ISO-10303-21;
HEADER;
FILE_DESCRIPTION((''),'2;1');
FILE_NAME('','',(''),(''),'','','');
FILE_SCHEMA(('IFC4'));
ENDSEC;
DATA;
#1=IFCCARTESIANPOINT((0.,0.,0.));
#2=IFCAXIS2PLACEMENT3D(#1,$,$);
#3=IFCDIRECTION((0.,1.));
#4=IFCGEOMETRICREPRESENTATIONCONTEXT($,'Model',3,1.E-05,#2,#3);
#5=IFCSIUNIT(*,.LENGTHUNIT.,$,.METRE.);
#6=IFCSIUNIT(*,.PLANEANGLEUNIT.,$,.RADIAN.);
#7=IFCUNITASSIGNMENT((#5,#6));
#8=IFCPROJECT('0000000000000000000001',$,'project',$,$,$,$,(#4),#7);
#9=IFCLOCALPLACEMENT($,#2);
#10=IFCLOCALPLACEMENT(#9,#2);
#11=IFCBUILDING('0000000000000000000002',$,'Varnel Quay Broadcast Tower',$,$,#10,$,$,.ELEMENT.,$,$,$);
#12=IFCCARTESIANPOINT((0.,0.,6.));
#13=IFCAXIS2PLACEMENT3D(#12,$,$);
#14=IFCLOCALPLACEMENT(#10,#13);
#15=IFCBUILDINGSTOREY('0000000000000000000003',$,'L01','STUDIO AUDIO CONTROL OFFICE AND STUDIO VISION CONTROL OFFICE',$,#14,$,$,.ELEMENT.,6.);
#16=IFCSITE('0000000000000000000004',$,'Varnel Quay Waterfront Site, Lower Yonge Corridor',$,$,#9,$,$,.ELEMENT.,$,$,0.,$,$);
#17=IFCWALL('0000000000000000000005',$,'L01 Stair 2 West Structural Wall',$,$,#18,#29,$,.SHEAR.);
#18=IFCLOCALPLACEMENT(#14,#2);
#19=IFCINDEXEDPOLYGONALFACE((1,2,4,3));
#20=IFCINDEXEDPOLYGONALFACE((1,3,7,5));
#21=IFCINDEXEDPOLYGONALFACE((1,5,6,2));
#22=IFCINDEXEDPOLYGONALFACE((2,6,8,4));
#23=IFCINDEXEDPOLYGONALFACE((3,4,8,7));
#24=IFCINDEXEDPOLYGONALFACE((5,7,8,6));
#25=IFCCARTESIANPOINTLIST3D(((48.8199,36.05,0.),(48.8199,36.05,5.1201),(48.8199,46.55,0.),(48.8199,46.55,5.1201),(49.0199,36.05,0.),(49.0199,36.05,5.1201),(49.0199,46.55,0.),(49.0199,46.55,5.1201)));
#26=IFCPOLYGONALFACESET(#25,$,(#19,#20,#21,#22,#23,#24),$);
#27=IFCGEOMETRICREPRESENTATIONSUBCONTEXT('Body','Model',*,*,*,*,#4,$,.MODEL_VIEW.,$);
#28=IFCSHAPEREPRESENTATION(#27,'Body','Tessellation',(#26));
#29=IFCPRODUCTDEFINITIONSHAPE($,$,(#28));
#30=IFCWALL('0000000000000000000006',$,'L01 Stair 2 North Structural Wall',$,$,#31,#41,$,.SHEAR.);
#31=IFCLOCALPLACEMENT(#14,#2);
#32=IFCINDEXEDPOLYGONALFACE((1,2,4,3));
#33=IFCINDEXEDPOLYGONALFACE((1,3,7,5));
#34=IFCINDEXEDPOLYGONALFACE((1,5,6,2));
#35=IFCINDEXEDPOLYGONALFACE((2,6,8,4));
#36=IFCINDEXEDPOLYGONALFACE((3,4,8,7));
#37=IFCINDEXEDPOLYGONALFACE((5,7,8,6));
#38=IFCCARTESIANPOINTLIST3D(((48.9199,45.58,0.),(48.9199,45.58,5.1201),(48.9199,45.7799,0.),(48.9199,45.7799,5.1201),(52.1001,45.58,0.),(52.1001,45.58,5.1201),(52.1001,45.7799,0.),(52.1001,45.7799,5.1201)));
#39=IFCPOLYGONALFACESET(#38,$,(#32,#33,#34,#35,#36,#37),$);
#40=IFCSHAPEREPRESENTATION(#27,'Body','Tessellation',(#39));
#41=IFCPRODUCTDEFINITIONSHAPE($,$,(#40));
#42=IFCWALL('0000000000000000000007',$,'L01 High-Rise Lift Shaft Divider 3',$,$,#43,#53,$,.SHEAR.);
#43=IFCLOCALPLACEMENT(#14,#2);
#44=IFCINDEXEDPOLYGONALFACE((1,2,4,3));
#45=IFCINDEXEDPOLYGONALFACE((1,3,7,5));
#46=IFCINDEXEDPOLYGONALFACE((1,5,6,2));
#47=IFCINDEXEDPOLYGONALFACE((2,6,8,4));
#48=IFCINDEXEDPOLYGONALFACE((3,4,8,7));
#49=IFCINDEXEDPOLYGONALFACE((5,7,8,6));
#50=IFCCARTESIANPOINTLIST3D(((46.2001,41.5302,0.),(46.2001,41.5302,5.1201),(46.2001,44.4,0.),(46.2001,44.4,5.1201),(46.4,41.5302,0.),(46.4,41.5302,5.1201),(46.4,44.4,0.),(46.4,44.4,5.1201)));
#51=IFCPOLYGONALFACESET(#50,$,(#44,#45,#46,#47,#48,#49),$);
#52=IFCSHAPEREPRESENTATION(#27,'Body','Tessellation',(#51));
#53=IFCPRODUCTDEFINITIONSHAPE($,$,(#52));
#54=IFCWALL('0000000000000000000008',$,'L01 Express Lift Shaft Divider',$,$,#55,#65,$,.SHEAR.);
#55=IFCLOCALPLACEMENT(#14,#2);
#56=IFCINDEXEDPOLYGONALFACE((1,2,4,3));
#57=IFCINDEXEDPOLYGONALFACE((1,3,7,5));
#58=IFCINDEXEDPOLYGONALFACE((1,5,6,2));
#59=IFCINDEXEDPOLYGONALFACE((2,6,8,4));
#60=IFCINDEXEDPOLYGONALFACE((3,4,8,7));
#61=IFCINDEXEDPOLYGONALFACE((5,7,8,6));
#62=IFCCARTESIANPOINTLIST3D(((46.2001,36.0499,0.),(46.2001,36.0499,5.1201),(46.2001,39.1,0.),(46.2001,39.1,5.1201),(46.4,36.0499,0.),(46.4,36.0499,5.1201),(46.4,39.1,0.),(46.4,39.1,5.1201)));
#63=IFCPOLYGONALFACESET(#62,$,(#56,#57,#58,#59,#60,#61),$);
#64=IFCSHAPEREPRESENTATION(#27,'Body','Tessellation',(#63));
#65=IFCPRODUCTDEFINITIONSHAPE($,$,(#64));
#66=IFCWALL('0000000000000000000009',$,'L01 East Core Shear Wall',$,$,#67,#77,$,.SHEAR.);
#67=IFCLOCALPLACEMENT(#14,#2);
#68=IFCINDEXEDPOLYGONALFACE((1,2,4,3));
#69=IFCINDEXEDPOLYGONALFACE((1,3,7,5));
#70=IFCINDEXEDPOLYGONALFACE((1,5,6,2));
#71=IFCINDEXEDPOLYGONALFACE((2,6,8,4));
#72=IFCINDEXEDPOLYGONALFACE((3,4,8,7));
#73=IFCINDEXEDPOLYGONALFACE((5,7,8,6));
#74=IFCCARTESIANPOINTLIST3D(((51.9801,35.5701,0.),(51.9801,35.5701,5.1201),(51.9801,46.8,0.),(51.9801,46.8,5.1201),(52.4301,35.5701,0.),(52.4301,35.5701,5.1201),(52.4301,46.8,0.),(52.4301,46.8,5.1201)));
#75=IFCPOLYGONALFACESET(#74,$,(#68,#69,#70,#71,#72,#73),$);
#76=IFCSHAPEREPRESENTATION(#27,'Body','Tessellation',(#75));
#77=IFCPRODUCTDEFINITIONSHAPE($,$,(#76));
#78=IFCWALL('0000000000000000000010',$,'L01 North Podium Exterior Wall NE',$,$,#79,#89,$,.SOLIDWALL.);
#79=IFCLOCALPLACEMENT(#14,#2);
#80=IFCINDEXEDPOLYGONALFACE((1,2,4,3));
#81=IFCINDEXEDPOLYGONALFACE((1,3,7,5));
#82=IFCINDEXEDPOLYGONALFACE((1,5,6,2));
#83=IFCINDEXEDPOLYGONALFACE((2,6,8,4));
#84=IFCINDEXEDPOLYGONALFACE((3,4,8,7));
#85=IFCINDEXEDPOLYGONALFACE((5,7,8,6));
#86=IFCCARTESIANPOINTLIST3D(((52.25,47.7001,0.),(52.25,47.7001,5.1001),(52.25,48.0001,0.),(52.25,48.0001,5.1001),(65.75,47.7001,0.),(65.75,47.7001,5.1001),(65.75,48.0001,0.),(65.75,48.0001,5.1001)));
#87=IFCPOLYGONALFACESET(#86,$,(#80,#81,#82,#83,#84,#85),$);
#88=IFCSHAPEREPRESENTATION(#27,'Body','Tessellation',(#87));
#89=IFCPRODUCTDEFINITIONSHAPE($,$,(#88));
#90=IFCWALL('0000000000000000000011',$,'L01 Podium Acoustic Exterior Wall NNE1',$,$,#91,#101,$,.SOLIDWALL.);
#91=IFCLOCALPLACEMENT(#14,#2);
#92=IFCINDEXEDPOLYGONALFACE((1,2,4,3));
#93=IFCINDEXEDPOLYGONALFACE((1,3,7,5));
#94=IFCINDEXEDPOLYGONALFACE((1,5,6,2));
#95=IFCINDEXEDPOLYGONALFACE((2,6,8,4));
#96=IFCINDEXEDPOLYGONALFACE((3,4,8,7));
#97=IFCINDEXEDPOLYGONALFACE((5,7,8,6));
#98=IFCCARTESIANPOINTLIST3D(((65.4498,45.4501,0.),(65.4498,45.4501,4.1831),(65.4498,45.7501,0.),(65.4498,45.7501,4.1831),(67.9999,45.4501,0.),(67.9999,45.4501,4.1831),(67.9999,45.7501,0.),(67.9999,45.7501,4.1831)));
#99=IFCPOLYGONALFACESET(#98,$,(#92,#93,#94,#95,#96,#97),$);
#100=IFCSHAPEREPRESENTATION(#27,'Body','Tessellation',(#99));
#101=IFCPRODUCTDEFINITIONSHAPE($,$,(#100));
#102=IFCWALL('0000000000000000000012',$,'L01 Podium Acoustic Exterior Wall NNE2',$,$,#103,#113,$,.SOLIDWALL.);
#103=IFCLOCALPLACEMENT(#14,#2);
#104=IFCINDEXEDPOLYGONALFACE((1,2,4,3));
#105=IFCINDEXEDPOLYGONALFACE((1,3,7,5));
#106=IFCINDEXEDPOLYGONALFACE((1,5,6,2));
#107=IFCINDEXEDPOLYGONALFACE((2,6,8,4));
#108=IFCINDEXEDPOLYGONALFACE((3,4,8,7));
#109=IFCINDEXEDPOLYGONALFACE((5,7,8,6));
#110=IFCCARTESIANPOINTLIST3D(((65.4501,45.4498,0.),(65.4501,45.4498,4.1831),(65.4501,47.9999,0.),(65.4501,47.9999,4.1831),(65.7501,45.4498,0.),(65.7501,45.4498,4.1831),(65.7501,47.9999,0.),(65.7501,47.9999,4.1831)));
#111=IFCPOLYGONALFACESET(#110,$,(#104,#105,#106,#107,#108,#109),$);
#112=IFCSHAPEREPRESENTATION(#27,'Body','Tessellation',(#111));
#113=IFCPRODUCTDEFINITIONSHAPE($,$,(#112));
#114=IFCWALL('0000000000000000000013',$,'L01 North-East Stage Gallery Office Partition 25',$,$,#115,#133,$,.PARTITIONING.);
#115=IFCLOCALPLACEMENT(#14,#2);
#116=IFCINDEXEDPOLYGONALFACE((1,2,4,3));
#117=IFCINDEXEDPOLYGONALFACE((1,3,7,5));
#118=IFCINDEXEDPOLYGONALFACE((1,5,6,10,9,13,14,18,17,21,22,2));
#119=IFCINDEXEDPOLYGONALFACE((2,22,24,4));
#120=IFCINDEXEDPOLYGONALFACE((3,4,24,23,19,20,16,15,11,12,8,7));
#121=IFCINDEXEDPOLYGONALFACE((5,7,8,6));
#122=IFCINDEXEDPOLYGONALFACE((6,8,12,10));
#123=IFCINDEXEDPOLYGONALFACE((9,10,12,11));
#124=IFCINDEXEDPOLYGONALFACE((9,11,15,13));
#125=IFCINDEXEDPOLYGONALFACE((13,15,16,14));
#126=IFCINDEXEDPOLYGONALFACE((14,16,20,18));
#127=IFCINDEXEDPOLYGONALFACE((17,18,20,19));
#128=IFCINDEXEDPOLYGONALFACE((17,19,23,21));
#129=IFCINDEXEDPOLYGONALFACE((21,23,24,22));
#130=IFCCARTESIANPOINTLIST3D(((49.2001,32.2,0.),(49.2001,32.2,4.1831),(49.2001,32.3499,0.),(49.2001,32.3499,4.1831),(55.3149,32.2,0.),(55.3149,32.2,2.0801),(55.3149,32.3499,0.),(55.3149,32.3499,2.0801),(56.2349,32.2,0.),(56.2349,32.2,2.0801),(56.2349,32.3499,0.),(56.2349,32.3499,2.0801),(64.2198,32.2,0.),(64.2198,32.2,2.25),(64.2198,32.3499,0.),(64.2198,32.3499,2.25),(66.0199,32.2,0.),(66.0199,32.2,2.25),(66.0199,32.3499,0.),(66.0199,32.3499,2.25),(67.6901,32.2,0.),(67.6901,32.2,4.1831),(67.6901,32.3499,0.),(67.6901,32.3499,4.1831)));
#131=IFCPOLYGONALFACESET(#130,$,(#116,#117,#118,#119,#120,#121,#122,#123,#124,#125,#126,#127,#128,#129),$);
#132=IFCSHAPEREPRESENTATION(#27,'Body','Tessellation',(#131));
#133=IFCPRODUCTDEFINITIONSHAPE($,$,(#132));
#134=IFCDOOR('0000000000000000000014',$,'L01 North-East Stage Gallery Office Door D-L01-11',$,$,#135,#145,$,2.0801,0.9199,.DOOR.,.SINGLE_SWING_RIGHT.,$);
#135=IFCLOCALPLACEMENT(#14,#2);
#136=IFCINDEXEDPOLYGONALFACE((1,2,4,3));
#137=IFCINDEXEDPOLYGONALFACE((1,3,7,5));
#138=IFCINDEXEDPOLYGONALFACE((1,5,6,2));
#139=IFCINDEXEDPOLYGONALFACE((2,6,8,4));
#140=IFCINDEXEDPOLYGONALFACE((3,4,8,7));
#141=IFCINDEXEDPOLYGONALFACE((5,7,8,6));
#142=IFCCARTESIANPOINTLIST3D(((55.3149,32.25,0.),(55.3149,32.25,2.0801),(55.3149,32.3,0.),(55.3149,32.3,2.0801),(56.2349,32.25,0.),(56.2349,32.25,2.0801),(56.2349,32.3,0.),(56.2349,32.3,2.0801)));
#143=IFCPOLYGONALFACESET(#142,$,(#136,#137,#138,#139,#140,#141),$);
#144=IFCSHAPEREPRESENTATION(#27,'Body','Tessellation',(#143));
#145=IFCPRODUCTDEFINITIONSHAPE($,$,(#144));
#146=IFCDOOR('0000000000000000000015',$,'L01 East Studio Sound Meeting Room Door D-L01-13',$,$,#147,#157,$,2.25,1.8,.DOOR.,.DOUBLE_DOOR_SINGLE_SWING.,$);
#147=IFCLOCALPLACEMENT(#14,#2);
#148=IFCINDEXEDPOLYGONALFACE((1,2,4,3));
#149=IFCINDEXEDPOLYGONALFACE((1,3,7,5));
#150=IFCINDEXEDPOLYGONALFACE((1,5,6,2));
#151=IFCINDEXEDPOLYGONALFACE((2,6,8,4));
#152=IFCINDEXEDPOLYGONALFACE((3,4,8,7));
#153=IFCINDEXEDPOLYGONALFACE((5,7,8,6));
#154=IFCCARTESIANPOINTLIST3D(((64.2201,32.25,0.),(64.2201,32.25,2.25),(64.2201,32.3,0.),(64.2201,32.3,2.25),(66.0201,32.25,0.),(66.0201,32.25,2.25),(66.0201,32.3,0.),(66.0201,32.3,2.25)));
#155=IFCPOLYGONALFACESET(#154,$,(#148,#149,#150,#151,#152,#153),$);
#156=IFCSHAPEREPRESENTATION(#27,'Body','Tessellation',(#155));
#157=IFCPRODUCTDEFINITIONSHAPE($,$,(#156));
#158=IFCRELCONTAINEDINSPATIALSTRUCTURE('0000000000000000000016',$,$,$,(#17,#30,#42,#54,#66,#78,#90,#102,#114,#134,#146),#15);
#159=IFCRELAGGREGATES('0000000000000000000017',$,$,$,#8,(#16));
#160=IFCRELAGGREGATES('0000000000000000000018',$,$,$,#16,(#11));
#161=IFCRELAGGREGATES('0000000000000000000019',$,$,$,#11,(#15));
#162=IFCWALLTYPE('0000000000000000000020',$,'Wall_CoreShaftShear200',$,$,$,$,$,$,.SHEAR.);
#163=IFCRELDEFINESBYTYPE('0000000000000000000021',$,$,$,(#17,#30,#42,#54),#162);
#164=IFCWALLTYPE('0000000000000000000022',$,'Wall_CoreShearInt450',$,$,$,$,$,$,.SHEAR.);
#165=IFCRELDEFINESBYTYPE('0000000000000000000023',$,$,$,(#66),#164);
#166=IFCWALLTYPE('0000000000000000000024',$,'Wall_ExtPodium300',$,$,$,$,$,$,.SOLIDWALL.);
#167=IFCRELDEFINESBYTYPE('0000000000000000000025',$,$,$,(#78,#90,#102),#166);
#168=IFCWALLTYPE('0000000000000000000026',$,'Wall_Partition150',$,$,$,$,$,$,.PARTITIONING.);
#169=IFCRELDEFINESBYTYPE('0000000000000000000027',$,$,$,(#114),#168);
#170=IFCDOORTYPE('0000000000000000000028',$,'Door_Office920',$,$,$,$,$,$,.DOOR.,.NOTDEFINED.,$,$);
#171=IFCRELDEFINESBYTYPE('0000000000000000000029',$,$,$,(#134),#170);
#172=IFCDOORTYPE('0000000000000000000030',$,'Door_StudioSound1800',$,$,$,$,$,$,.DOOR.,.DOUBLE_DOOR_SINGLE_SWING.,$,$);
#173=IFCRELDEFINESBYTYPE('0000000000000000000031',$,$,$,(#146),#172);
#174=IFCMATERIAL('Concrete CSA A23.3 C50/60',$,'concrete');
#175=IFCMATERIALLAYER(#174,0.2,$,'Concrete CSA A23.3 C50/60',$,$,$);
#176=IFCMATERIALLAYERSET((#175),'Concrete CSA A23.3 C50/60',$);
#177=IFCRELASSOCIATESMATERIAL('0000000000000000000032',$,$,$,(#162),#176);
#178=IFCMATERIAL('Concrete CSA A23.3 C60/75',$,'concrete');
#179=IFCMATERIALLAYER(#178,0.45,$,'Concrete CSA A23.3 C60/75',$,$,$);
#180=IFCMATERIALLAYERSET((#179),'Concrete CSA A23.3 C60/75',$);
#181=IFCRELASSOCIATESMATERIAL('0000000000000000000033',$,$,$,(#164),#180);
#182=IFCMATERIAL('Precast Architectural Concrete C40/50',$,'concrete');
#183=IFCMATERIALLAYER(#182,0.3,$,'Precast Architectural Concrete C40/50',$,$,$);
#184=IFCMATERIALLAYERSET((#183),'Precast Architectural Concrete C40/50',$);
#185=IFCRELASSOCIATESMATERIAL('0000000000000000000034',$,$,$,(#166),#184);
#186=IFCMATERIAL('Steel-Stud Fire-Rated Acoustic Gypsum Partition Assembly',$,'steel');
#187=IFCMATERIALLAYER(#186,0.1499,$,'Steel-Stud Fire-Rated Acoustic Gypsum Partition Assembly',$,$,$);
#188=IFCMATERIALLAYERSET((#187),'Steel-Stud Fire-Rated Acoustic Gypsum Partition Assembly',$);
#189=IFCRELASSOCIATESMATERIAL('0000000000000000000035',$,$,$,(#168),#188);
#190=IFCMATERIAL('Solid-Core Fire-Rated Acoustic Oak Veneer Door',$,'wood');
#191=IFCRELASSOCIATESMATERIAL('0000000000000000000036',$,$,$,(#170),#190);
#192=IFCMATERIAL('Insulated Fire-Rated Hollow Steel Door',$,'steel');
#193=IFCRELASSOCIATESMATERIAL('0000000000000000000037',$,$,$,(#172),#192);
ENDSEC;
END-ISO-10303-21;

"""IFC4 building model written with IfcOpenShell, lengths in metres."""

from ifc_helpers import new_model, si_unit, direction, frame, frame_2d, origin, place, context, subcontext, project, spatial, rectangle, extrude, source, transform, mapped, material, layer, layer_set, type_object, type_shapes, element, fill, save


model = new_model("IFC4")

# Units and contexts
model_context = context("Model", 3, precision=1e-05, world=origin(), true_north=direction((0.0, 1.0)))
body_context = subcontext(model_context, "Body", "Model", "MODEL_VIEW")
ifc_project = project(units=[si_unit("LENGTHUNIT", "METRE"), si_unit("PLANEANGLEUNIT", "RADIAN")], contexts=[model_context])

# Site, building, storey
site_placement = place(None, origin())
site = spatial("IfcSite", under=ifc_project, at=site_placement, Name="Varnel Quay Waterfront Site, Lower Yonge Corridor", CompositionType="ELEMENT", RefElevation=0.0)
building_placement = place(site_placement, origin())
building = spatial("IfcBuilding", under=site, at=building_placement, Name="Varnel Quay Broadcast Tower", CompositionType="ELEMENT")
storey_placement = place(building_placement, frame((0.0, 0.0, 6.0)))
storey = spatial("IfcBuildingStorey", under=building, at=storey_placement, Name="L01", Description="STUDIO AUDIO CONTROL OFFICE AND STUDIO VISION CONTROL OFFICE", CompositionType="ELEMENT", Elevation=6.0)

# Walls
ifc_material_1 = material(Name="Concrete CSA A23.3 C50/60", Category="concrete")
ifc_layer_1 = layer(ifc_material_1, 0.2, Name="Concrete CSA A23.3 C50/60")
ifc_layer_set_1 = layer_set([ifc_layer_1], Name="Concrete CSA A23.3 C50/60")
wall_type_1 = type_object("IfcWallType", Name="Wall_CoreShaftShear200", PredefinedType="SHEAR", material=ifc_layer_set_1)
wall_1_placement = place(storey_placement, frame((48.9199, 36.05, 0.0), z_axis=(0.0, 0.0, 1.0), x_axis=(0.0, 1.0, 0.0)))
element("IfcWall", 1, at=wall_1_placement, inside=storey, type_object=wall_type_1, Name="L01 Stair 2 West Structural Wall", PredefinedType="SHEAR", context=body_context, shape_type="SweptSolid", body=[
    extrude(rectangle(XDim=10.5, YDim=0.2, at=frame_2d((5.25, 0.0))), origin(), (0.0, 0.0, 1.0), 5.1201),
])
wall_2_placement = place(storey_placement, frame((48.9199, 45.6799, 0.0), z_axis=(0.0, 0.0, 1.0), x_axis=(1.0, 0.0, 0.0)))
element("IfcWall", 2, at=wall_2_placement, inside=storey, type_object=wall_type_1, Name="L01 Stair 2 North Structural Wall", PredefinedType="SHEAR", context=body_context, shape_type="SweptSolid", body=[
    extrude(rectangle(XDim=3.1802, YDim=0.2, at=frame_2d((1.5901, 0.0))), origin(), (0.0, 0.0, 1.0), 5.1201),
])
wall_3_placement = place(storey_placement, frame((46.3, 41.53, 0.0), z_axis=(0.0, 0.0, 1.0), x_axis=(0.0, 1.0, 0.0)))
element("IfcWall", 3, at=wall_3_placement, inside=storey, type_object=wall_type_1, Name="L01 High-Rise Lift Shaft Divider 3", PredefinedType="SHEAR", context=body_context, shape_type="SweptSolid", body=[
    extrude(rectangle(XDim=2.8699, YDim=0.2, at=frame_2d((1.4351, 0.0))), origin(), (0.0, 0.0, 1.0), 5.1201),
])
wall_4_placement = place(storey_placement, frame((46.3, 36.05, 0.0), z_axis=(0.0, 0.0, 1.0), x_axis=(0.0, 1.0, 0.0)))
element("IfcWall", 4, at=wall_4_placement, inside=storey, type_object=wall_type_1, Name="L01 Express Lift Shaft Divider", PredefinedType="SHEAR", context=body_context, shape_type="SweptSolid", body=[
    extrude(rectangle(XDim=3.05, YDim=0.2, at=frame_2d((1.5249, 0.0))), origin(), (0.0, 0.0, 1.0), 5.1201),
])
ifc_material_2 = material(Name="Concrete CSA A23.3 C60/75", Category="concrete")
ifc_layer_2 = layer(ifc_material_2, 0.45, Name="Concrete CSA A23.3 C60/75")
ifc_layer_set_2 = layer_set([ifc_layer_2], Name="Concrete CSA A23.3 C60/75")
wall_type_2 = type_object("IfcWallType", Name="Wall_CoreShearInt450", PredefinedType="SHEAR", material=ifc_layer_set_2)
wall_5_placement = place(storey_placement, frame((52.2051, 35.5701, 0.0), z_axis=(0.0, 0.0, 1.0), x_axis=(0.0, 1.0, 0.0)))
element("IfcWall", 5, at=wall_5_placement, inside=storey, type_object=wall_type_2, Name="L01 East Core Shear Wall", PredefinedType="SHEAR", context=body_context, shape_type="SweptSolid", body=[
    extrude(rectangle(XDim=11.23, YDim=0.45, at=frame_2d((5.615, 0.0))), origin(), (0.0, 0.0, 1.0), 5.1201),
])
ifc_material_3 = material(Name="Precast Architectural Concrete C40/50", Category="concrete")
ifc_layer_3 = layer(ifc_material_3, 0.3, Name="Precast Architectural Concrete C40/50")
ifc_layer_set_3 = layer_set([ifc_layer_3], Name="Precast Architectural Concrete C40/50")
wall_type_3 = type_object("IfcWallType", Name="Wall_ExtPodium300", PredefinedType="SOLIDWALL", material=ifc_layer_set_3)
wall_6_placement = place(storey_placement, frame((52.25, 47.8501, 0.0), z_axis=(0.0, 0.0, 1.0), x_axis=(1.0, 0.0, 0.0)))
element("IfcWall", 6, at=wall_6_placement, inside=storey, type_object=wall_type_3, Name="L01 North Podium Exterior Wall NE", PredefinedType="SOLIDWALL", context=body_context, shape_type="SweptSolid", body=[
    extrude(rectangle(XDim=13.5, YDim=0.3, at=frame_2d((6.75, 0.0))), origin(), (0.0, 0.0, 1.0), 5.1001),
])
for number, where, z_axis, x_axis, name in (
    (7, (65.45, 45.6001, 0.0), (0.0, 0.0, 1.0), (1.0, 0.0, 0.0), "L01 Podium Acoustic Exterior Wall NNE1"),
    (8, (65.6001, 45.45, 0.0), (0.0, 0.0, 1.0), (0.0, 1.0, 0.0), "L01 Podium Acoustic Exterior Wall NNE2"),
):
    element("IfcWall", number, at=place(storey_placement, frame(where, z_axis=z_axis, x_axis=x_axis)), inside=storey, type_object=wall_type_3, Name=name, PredefinedType="SOLIDWALL", context=body_context, shape_type="SweptSolid", body=[
        extrude(rectangle(XDim=2.55, YDim=0.3, at=frame_2d((1.2749, 0.0))), origin(), (0.0, 0.0, 1.0), 4.1831),
    ])

# Wall, openings, doors
ifc_material_4 = material(Name="Steel-Stud Fire-Rated Acoustic Gypsum Partition Assembly", Category="steel")
ifc_layer_4 = layer(ifc_material_4, 0.1499, Name="Steel-Stud Fire-Rated Acoustic Gypsum Partition Assembly")
ifc_layer_set_4 = layer_set([ifc_layer_4], Name="Steel-Stud Fire-Rated Acoustic Gypsum Partition Assembly")
wall_type_4 = type_object("IfcWallType", Name="Wall_Partition150", PredefinedType="PARTITIONING", material=ifc_layer_set_4)
wall_7_placement = place(storey_placement, frame((49.2, 32.2749, 0.0), z_axis=(0.0, 0.0, 1.0), x_axis=(1.0, 0.0, 0.0)))
wall_7 = element("IfcWall", 9, at=wall_7_placement, inside=storey, type_object=wall_type_4, Name="L01 North-East Stage Gallery Office Partition 25", PredefinedType="PARTITIONING", context=body_context, shape_type="SweptSolid", body=[
    extrude(rectangle(XDim=18.49, YDim=0.1499, at=frame_2d((9.2451, 0.0))), origin(), (0.0, 0.0, 1.0), 4.1831),
])
opening_1_placement = place(wall_7_placement, frame((6.115, 0.0, 0.0)))
opening_1 = element("IfcOpeningElement", 10, at=opening_1_placement, cuts=wall_7, PredefinedType="OPENING", context=body_context, shape_type="SweptSolid", body=[
    extrude(rectangle(XDim=0.9199, YDim=2.0801, at=frame_2d((0.46, 1.04))), frame((0.0, 0.085, 0.0), z_axis=(0.0, -1.0, 0.0), x_axis=(1.0, 0.0, 0.0)), (0.0, 0.0, 1.0), 0.1699),
])
opening_2_placement = place(wall_7_placement, frame((15.02, 0.0, 0.0)))
opening_2 = element("IfcOpeningElement", 11, at=opening_2_placement, cuts=wall_7, PredefinedType="OPENING", context=body_context, shape_type="SweptSolid", body=[
    extrude(rectangle(XDim=1.8, YDim=2.25, at=frame_2d((0.8999, 1.125))), frame((0.0, 0.085, 0.0), z_axis=(0.0, -1.0, 0.0), x_axis=(1.0, 0.0, 0.0)), (0.0, 0.0, 1.0), 0.1699),
])
ifc_material_5 = material(Name="Solid-Core Fire-Rated Acoustic Oak Veneer Door", Category="wood")
door_type_1 = type_object("IfcDoorType", Name="Door_Office920", OperationType="NOTDEFINED", PredefinedType="DOOR", material=ifc_material_5)
shared_shape_1 = source(origin(), body_context, "Body", "SweptSolid", [
    extrude(rectangle(XDim=0.9199, YDim=2.0801, at=frame_2d((0.46, 1.04))), frame((0.0, 0.0249, 0.0), z_axis=(0.0, -1.0, 0.0), x_axis=(1.0, 0.0, 0.0)), (0.0, 0.0, 1.0), 0.05),
])
type_shapes(door_type_1, [shared_shape_1])
door_1_placement = place(opening_1_placement, frame((0.9199, 0.0, 0.0), z_axis=(0.0, 0.0, 1.0), x_axis=(-1.0, 0.0, 0.0)))
door_1 = element("IfcDoor", 12, at=door_1_placement, inside=storey, type_object=door_type_1, Name="L01 North-East Stage Gallery Office Door D-L01-11", OperationType="SINGLE_SWING_RIGHT", OverallHeight=2.0801, OverallWidth=0.9199, PredefinedType="DOOR", context=body_context, shape_type="MappedRepresentation", body=[
    mapped(shared_shape_1, transform((0.0, 0.0, 0.0), x_axis=(1.0, 0.0, 0.0), y_axis=(0.0, 1.0, 0.0), z_axis=(0.0, 0.0, 1.0), scale=1.0)),
])
fill(opening_1, door_1)
ifc_material_6 = material(Name="Insulated Fire-Rated Hollow Steel Door", Category="steel")
door_type_2 = type_object("IfcDoorType", Name="Door_StudioSound1800", OperationType="DOUBLE_DOOR_SINGLE_SWING", PredefinedType="DOOR", material=ifc_material_6)
shared_shape_2 = source(origin(), body_context, "Body", "SweptSolid", [
    extrude(rectangle(XDim=1.8, YDim=2.25, at=frame_2d((0.8999, 1.125))), frame((0.0, 0.0249, 0.0), z_axis=(0.0, -1.0, 0.0), x_axis=(1.0, 0.0, 0.0)), (0.0, 0.0, 1.0), 0.05),
])
type_shapes(door_type_2, [shared_shape_2])
door_2_placement = place(opening_2_placement, frame((1.8, 0.0, 0.0), z_axis=(0.0, 0.0, 1.0), x_axis=(-1.0, 0.0, 0.0)))
door_2 = element("IfcDoor", 13, at=door_2_placement, inside=storey, type_object=door_type_2, Name="L01 East Studio Sound Meeting Room Door D-L01-13", OperationType="DOUBLE_DOOR_SINGLE_SWING", OverallHeight=2.25, OverallWidth=1.8, PredefinedType="DOOR", context=body_context, shape_type="MappedRepresentation", body=[
    mapped(shared_shape_2, transform((0.0, 0.0, 0.0), x_axis=(1.0, 0.0, 0.0), y_axis=(0.0, 1.0, 0.0), z_axis=(0.0, 0.0, 1.0), scale=1.0)),
])
fill(opening_2, door_2)

save(model, "model.ifc")
